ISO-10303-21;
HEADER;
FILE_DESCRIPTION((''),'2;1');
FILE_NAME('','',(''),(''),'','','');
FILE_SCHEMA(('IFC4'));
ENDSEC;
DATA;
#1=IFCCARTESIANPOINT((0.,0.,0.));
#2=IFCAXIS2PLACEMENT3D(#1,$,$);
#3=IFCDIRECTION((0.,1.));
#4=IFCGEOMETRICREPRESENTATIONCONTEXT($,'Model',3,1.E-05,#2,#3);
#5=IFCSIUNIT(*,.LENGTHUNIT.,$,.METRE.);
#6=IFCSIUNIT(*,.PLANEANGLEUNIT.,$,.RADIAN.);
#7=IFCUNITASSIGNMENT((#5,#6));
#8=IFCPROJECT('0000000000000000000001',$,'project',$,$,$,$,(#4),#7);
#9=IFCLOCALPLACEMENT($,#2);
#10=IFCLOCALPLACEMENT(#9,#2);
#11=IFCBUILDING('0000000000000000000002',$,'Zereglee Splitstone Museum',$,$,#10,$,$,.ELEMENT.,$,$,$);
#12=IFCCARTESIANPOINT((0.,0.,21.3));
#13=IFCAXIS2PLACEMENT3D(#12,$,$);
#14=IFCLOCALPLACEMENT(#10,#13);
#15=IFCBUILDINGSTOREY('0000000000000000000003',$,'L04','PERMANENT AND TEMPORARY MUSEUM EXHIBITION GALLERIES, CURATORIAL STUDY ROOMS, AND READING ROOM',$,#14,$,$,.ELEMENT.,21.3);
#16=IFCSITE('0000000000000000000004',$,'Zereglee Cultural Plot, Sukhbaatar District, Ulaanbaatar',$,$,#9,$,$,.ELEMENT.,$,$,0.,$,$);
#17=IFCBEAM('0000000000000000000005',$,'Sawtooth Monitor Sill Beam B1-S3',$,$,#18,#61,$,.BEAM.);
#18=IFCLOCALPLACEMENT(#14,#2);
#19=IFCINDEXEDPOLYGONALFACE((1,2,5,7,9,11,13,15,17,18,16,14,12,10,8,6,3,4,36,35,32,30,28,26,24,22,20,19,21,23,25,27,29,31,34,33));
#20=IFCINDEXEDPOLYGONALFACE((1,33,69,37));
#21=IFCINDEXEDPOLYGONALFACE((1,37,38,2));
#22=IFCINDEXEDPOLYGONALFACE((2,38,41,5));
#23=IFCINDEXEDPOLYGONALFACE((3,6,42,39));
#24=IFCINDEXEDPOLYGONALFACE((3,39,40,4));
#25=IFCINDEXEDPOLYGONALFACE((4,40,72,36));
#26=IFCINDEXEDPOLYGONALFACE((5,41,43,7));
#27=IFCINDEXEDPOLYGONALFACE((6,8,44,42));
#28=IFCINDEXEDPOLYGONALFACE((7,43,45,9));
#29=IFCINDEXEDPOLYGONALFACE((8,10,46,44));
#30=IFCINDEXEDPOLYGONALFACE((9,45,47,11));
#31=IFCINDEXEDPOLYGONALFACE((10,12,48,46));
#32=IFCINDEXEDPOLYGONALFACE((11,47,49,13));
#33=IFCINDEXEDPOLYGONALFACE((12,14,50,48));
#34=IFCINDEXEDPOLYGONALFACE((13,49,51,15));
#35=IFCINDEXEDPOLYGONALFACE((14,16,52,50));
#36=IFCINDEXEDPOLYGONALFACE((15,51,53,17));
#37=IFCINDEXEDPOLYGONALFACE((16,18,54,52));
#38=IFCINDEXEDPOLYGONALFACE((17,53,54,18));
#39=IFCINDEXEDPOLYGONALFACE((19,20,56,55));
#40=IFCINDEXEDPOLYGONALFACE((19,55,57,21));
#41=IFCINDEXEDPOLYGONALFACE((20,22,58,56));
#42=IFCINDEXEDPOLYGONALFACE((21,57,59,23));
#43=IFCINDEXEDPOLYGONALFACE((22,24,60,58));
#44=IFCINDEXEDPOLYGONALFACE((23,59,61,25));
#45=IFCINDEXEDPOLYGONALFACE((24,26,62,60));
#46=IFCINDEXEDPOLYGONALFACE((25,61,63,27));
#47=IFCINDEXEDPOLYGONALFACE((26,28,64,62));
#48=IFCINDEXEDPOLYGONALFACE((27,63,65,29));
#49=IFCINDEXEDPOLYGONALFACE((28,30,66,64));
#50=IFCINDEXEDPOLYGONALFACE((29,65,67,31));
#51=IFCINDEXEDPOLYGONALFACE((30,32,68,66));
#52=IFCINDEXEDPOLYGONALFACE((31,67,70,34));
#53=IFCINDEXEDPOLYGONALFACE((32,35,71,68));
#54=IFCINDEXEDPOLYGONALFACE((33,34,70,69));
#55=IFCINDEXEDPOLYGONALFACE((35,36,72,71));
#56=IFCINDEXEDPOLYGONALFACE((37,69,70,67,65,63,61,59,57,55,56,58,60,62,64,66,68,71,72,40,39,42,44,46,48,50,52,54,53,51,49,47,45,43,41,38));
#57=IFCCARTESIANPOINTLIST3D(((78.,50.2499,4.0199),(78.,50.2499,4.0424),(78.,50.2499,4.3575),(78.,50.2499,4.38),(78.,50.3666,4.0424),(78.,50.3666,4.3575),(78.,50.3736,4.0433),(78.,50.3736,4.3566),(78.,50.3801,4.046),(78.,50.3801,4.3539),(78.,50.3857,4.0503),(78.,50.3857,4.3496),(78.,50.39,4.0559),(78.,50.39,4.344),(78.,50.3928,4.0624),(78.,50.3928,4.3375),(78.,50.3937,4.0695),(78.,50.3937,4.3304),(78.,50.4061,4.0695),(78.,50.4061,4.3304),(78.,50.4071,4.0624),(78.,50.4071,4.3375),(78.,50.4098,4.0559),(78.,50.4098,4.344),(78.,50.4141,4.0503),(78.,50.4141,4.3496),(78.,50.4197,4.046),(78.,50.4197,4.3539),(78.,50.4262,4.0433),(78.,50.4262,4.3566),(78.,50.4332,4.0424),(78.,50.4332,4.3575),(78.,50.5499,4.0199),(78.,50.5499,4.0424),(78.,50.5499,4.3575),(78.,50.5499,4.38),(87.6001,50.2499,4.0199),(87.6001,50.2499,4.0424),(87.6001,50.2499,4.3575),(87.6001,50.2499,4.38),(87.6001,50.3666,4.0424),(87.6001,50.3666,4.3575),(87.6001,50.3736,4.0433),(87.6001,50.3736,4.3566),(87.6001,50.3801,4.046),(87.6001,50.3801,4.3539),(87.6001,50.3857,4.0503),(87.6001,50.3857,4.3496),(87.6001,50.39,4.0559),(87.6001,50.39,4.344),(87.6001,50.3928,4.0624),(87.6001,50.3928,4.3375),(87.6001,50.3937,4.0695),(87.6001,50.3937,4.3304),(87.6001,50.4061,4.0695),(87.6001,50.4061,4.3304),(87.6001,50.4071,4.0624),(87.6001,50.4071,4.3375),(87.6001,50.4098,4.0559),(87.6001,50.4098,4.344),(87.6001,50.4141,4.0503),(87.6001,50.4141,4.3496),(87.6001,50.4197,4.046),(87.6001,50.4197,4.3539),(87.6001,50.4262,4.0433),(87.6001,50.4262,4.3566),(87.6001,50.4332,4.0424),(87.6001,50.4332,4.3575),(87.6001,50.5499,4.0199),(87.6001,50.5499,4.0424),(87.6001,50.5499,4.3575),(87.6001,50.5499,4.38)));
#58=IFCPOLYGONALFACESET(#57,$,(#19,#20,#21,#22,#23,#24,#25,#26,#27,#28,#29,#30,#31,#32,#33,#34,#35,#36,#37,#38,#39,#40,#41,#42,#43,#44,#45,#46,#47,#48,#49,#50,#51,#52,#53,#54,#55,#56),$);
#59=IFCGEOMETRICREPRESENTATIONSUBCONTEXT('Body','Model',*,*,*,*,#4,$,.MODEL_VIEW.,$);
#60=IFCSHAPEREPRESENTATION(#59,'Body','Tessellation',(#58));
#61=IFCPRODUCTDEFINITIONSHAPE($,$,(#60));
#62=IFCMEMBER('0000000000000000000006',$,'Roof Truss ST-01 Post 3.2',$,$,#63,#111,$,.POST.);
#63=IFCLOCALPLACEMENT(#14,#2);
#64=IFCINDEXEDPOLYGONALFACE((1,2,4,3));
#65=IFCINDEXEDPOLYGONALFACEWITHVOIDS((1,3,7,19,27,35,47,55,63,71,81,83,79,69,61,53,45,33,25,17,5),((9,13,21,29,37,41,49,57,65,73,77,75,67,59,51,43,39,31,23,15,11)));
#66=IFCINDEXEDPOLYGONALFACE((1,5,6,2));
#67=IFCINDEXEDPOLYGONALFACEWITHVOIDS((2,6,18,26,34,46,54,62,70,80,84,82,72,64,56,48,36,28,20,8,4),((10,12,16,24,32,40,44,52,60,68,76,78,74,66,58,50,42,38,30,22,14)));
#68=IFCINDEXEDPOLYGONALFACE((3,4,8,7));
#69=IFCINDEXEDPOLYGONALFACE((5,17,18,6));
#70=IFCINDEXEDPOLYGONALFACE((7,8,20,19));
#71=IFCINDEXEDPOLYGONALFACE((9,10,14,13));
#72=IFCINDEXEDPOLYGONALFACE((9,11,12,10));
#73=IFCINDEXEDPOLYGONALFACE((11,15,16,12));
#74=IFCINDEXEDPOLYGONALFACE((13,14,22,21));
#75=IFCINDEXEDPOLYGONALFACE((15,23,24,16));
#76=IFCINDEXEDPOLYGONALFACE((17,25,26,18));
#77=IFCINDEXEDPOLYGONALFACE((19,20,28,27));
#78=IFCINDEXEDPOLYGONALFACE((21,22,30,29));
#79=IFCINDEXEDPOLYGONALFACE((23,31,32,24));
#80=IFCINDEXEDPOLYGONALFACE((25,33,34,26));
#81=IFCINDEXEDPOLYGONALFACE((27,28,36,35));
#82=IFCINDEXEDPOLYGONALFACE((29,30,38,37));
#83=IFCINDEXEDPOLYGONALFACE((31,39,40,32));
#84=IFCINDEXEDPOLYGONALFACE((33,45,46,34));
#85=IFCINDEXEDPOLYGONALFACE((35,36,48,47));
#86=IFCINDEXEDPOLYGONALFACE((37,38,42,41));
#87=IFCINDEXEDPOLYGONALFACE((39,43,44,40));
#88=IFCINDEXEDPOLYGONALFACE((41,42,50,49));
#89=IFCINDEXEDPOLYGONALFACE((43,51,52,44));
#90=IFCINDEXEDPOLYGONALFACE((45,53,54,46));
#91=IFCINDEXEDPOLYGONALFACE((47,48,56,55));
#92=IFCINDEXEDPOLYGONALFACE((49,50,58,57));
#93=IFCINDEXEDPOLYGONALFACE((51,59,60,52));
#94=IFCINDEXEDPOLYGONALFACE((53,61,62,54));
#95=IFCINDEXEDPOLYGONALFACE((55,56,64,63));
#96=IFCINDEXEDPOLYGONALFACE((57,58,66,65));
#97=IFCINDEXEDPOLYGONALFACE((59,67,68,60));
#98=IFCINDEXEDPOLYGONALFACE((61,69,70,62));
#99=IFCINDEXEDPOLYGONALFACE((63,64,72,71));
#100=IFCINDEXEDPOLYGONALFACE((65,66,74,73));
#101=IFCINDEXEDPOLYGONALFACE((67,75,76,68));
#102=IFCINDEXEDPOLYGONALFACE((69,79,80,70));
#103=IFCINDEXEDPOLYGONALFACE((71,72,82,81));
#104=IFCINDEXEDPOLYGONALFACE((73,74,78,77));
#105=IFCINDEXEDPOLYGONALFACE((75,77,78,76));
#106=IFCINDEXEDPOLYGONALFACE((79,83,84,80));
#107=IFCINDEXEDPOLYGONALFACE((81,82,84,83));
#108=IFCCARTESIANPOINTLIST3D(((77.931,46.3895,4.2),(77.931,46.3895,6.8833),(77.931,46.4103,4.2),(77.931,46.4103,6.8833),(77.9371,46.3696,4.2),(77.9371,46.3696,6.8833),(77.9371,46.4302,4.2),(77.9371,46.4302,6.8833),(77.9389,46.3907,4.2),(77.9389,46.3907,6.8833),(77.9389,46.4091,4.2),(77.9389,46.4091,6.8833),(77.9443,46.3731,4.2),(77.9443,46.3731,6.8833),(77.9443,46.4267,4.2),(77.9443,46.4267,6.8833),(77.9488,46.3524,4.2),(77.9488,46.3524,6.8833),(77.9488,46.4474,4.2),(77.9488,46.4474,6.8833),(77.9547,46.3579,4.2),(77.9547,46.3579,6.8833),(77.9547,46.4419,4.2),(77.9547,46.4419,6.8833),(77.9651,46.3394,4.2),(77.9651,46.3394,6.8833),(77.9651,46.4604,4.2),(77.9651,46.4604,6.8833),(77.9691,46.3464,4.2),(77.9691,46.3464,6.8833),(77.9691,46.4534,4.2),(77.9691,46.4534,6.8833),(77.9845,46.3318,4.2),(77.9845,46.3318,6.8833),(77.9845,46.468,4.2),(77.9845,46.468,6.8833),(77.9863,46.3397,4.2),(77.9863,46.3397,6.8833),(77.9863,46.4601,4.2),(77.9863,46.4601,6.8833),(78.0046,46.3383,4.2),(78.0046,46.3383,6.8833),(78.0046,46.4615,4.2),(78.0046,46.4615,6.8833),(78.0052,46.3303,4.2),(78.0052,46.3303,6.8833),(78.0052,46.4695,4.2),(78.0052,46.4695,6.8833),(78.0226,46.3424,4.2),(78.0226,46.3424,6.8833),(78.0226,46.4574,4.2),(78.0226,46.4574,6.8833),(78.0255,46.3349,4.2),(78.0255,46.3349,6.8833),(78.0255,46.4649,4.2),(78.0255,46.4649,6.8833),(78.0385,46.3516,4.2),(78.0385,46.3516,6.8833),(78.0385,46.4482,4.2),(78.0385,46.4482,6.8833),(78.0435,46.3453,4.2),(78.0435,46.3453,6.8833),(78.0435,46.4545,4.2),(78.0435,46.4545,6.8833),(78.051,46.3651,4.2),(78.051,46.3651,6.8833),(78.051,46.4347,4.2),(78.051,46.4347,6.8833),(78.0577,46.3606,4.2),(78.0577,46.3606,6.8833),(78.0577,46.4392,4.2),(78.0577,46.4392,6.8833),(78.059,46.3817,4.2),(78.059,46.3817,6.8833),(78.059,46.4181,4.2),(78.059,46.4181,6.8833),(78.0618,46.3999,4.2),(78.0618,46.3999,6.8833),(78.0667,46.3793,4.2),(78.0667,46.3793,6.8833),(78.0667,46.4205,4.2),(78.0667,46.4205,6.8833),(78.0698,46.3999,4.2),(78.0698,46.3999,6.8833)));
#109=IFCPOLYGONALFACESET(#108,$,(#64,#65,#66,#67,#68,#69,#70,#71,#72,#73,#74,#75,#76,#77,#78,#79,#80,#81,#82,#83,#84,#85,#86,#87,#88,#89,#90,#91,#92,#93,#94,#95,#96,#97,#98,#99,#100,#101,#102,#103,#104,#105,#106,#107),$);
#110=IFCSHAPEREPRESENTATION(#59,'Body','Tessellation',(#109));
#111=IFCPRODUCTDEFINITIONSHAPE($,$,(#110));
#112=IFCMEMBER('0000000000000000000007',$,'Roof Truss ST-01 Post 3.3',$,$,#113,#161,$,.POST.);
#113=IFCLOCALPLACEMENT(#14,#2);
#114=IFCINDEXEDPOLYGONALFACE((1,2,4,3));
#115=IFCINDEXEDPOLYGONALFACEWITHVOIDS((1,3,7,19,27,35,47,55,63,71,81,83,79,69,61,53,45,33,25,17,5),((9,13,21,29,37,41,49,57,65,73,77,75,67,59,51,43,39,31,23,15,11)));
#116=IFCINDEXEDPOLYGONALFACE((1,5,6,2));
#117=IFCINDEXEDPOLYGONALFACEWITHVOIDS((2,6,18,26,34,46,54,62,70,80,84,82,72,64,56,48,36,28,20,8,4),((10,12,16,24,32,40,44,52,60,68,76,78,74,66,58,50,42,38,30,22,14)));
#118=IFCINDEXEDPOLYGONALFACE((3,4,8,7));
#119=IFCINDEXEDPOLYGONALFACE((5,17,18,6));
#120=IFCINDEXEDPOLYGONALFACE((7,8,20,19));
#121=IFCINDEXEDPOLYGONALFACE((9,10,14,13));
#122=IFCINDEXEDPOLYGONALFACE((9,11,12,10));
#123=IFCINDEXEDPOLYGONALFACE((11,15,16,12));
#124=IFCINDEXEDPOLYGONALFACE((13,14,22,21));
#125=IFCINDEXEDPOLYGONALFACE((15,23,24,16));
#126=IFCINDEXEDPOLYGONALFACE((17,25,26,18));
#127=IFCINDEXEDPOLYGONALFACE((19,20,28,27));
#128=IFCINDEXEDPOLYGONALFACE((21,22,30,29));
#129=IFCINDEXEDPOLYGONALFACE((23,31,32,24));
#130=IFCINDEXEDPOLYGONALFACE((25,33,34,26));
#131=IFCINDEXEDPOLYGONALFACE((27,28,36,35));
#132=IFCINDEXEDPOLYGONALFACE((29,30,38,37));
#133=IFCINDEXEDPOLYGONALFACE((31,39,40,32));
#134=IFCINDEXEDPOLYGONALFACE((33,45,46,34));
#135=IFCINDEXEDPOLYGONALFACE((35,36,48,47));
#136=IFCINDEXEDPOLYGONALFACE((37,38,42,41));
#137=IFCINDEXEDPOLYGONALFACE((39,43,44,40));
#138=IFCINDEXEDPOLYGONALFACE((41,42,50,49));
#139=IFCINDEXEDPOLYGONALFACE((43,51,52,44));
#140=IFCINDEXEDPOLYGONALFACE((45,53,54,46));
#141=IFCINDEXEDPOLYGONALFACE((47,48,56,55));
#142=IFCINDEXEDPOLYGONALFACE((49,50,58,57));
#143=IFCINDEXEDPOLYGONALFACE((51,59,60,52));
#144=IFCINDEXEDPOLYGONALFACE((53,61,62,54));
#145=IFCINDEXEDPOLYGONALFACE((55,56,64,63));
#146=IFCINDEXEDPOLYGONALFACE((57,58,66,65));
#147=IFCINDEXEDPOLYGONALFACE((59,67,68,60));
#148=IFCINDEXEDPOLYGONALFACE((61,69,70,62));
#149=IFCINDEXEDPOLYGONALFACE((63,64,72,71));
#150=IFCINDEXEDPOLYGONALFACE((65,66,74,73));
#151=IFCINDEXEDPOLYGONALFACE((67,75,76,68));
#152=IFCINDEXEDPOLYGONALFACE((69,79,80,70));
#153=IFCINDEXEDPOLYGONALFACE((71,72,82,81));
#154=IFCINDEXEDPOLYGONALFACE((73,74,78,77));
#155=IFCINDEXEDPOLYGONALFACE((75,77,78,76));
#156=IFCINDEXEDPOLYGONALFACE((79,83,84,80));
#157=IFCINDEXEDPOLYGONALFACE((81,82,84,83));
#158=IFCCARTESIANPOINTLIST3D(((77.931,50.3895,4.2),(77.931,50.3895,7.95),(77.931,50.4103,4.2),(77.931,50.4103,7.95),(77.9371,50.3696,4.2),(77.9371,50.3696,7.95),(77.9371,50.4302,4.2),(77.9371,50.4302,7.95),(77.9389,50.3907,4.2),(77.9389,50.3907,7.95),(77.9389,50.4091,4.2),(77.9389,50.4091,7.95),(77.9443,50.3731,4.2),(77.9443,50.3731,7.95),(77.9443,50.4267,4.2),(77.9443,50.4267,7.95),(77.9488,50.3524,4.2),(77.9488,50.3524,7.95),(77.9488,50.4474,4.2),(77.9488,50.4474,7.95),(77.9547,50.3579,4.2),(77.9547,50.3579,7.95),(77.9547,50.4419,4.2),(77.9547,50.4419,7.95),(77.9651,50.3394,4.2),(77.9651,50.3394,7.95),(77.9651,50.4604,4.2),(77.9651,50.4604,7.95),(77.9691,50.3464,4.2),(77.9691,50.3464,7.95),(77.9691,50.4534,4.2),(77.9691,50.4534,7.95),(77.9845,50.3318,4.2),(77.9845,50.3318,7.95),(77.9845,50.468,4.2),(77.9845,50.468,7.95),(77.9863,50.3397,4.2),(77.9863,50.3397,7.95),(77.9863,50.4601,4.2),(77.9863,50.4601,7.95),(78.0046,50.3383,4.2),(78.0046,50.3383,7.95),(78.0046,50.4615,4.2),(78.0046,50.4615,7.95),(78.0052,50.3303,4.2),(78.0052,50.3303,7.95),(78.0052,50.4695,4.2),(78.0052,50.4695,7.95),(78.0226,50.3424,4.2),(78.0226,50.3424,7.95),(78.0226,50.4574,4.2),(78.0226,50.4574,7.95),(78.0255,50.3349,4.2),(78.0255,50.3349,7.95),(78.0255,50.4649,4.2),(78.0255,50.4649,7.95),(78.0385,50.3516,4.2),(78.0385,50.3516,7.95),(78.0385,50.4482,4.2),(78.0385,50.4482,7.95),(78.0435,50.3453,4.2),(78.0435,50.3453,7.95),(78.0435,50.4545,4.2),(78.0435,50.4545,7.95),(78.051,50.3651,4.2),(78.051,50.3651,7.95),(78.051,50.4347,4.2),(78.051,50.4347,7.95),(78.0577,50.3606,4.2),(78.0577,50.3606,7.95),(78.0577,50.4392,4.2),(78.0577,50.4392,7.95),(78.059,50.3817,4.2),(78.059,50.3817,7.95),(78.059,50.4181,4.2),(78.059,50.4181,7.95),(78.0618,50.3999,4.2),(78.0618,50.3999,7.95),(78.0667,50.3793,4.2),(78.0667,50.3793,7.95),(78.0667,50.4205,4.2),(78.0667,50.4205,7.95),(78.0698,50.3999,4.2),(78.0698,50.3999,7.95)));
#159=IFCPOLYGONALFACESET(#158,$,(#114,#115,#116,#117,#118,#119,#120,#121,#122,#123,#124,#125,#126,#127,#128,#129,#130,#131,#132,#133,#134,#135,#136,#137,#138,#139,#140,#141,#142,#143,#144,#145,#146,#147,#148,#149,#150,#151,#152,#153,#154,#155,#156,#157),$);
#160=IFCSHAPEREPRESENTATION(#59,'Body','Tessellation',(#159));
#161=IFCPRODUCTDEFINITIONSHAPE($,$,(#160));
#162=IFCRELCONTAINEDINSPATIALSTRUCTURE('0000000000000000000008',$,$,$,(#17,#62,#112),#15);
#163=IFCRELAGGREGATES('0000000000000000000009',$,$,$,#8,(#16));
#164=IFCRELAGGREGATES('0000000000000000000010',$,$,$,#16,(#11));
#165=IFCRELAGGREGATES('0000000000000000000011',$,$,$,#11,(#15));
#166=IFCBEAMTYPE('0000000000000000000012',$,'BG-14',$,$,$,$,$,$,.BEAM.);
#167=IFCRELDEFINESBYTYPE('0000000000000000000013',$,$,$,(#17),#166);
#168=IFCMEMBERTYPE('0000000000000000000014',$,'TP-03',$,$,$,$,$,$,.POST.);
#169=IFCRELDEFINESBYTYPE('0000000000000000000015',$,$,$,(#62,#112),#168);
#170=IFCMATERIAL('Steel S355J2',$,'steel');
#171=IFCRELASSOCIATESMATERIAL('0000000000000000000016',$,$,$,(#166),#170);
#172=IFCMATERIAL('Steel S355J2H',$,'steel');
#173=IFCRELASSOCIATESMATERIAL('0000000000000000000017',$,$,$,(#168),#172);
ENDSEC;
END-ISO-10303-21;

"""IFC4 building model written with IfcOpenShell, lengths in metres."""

from ifc_helpers import new_model, si_unit, direction, frame, origin, origin_2d, place, context, subcontext, project, spatial, hollow_circle, i_section, extrude, material, material_profile, profile_set, type_object, element, save


model = new_model("IFC4")

# Units and contexts
model_context = context("Model", 3, precision=1e-05, world=origin(), true_north=direction((0.0, 1.0)))
body_context = subcontext(model_context, "Body", "Model", "MODEL_VIEW")
ifc_project = project(units=[si_unit("LENGTHUNIT", "METRE"), si_unit("PLANEANGLEUNIT", "RADIAN")], contexts=[model_context])

# Site, building, storey
site_placement = place(None, origin())
site = spatial("IfcSite", under=ifc_project, at=site_placement, Name="Zereglee Cultural Plot, Sukhbaatar District, Ulaanbaatar", CompositionType="ELEMENT", RefElevation=0.0)
building_placement = place(site_placement, origin())
building = spatial("IfcBuilding", under=site, at=building_placement, Name="Zereglee Splitstone Museum", CompositionType="ELEMENT")
storey_placement = place(building_placement, frame((0.0, 0.0, 21.3)))
storey = spatial("IfcBuildingStorey", under=building, at=storey_placement, Name="L04", Description="PERMANENT AND TEMPORARY MUSEUM EXHIBITION GALLERIES, CURATORIAL STUDY ROOMS, AND READING ROOM", CompositionType="ELEMENT", Elevation=21.3)

# Shared definitions
ifc_material_1 = material(Name="Steel S355J2H", Category="steel")

# Beam
ifc_material_2 = material(Name="Steel S355J2", Category="steel")
ifc_material_profile_1 = material_profile(ifc_material_2, i_section(OverallWidth=0.3, OverallDepth=0.3601, WebThickness=0.0125, FlangeThickness=0.0225, FilletRadius=0.0271, at=origin_2d()), Name="HE 360 B")
ifc_profile_set_1 = profile_set([ifc_material_profile_1], Name="Steel S355J2")
beam_type_1 = type_object("IfcBeamType", Name="BG-14", PredefinedType="BEAM", material=ifc_profile_set_1)
beam_1_placement = place(storey_placement, frame((78.0, 50.3999, 4.2), z_axis=(1.0, 0.0, 0.0), x_axis=(0.0, 1.0, 0.0)))
element("IfcBeam", 1, at=beam_1_placement, inside=storey, type_object=beam_type_1, Name="Sawtooth Monitor Sill Beam B1-S3", PredefinedType="BEAM", context=body_context, shape_type="SweptSolid", body=[
    extrude(i_section(OverallWidth=0.3, OverallDepth=0.3601, WebThickness=0.0125, FlangeThickness=0.0225, FilletRadius=0.0271, at=origin_2d()), origin(), (0.0, 0.0, 1.0), 9.6001),
])

# Members
ifc_material_profile_2 = material_profile(ifc_material_1, hollow_circle(Radius=0.0698, WallThickness=0.0081, at=origin_2d()), Name="CHS 139.7x8")
ifc_profile_set_2 = profile_set([ifc_material_profile_2], Name="Steel S355J2H")
member_type_1 = type_object("IfcMemberType", Name="TP-03", PredefinedType="POST", material=ifc_profile_set_2)
member_1_placement = place(storey_placement, frame((78.0, 46.3999, 4.2), z_axis=(0.0, 0.0, 1.0), x_axis=(1.0, 0.0, 0.0)))
element("IfcMember", 2, at=member_1_placement, inside=storey, type_object=member_type_1, Name="Roof Truss ST-01 Post 3.2", PredefinedType="POST", context=body_context, shape_type="SweptSolid", body=[
    extrude(hollow_circle(Radius=0.0698, WallThickness=0.0081, at=origin_2d()), origin(), (0.0, 0.0, 1.0), 2.6833),
])
member_2_placement = place(storey_placement, frame((78.0, 50.3999, 4.2), z_axis=(0.0, 0.0, 1.0), x_axis=(1.0, 0.0, 0.0)))
element("IfcMember", 3, at=member_2_placement, inside=storey, type_object=member_type_1, Name="Roof Truss ST-01 Post 3.3", PredefinedType="POST", context=body_context, shape_type="SweptSolid", body=[
    extrude(hollow_circle(Radius=0.0698, WallThickness=0.0081, at=origin_2d()), origin(), (0.0, 0.0, 1.0), 3.75),
])

save(model, "model.ifc")
